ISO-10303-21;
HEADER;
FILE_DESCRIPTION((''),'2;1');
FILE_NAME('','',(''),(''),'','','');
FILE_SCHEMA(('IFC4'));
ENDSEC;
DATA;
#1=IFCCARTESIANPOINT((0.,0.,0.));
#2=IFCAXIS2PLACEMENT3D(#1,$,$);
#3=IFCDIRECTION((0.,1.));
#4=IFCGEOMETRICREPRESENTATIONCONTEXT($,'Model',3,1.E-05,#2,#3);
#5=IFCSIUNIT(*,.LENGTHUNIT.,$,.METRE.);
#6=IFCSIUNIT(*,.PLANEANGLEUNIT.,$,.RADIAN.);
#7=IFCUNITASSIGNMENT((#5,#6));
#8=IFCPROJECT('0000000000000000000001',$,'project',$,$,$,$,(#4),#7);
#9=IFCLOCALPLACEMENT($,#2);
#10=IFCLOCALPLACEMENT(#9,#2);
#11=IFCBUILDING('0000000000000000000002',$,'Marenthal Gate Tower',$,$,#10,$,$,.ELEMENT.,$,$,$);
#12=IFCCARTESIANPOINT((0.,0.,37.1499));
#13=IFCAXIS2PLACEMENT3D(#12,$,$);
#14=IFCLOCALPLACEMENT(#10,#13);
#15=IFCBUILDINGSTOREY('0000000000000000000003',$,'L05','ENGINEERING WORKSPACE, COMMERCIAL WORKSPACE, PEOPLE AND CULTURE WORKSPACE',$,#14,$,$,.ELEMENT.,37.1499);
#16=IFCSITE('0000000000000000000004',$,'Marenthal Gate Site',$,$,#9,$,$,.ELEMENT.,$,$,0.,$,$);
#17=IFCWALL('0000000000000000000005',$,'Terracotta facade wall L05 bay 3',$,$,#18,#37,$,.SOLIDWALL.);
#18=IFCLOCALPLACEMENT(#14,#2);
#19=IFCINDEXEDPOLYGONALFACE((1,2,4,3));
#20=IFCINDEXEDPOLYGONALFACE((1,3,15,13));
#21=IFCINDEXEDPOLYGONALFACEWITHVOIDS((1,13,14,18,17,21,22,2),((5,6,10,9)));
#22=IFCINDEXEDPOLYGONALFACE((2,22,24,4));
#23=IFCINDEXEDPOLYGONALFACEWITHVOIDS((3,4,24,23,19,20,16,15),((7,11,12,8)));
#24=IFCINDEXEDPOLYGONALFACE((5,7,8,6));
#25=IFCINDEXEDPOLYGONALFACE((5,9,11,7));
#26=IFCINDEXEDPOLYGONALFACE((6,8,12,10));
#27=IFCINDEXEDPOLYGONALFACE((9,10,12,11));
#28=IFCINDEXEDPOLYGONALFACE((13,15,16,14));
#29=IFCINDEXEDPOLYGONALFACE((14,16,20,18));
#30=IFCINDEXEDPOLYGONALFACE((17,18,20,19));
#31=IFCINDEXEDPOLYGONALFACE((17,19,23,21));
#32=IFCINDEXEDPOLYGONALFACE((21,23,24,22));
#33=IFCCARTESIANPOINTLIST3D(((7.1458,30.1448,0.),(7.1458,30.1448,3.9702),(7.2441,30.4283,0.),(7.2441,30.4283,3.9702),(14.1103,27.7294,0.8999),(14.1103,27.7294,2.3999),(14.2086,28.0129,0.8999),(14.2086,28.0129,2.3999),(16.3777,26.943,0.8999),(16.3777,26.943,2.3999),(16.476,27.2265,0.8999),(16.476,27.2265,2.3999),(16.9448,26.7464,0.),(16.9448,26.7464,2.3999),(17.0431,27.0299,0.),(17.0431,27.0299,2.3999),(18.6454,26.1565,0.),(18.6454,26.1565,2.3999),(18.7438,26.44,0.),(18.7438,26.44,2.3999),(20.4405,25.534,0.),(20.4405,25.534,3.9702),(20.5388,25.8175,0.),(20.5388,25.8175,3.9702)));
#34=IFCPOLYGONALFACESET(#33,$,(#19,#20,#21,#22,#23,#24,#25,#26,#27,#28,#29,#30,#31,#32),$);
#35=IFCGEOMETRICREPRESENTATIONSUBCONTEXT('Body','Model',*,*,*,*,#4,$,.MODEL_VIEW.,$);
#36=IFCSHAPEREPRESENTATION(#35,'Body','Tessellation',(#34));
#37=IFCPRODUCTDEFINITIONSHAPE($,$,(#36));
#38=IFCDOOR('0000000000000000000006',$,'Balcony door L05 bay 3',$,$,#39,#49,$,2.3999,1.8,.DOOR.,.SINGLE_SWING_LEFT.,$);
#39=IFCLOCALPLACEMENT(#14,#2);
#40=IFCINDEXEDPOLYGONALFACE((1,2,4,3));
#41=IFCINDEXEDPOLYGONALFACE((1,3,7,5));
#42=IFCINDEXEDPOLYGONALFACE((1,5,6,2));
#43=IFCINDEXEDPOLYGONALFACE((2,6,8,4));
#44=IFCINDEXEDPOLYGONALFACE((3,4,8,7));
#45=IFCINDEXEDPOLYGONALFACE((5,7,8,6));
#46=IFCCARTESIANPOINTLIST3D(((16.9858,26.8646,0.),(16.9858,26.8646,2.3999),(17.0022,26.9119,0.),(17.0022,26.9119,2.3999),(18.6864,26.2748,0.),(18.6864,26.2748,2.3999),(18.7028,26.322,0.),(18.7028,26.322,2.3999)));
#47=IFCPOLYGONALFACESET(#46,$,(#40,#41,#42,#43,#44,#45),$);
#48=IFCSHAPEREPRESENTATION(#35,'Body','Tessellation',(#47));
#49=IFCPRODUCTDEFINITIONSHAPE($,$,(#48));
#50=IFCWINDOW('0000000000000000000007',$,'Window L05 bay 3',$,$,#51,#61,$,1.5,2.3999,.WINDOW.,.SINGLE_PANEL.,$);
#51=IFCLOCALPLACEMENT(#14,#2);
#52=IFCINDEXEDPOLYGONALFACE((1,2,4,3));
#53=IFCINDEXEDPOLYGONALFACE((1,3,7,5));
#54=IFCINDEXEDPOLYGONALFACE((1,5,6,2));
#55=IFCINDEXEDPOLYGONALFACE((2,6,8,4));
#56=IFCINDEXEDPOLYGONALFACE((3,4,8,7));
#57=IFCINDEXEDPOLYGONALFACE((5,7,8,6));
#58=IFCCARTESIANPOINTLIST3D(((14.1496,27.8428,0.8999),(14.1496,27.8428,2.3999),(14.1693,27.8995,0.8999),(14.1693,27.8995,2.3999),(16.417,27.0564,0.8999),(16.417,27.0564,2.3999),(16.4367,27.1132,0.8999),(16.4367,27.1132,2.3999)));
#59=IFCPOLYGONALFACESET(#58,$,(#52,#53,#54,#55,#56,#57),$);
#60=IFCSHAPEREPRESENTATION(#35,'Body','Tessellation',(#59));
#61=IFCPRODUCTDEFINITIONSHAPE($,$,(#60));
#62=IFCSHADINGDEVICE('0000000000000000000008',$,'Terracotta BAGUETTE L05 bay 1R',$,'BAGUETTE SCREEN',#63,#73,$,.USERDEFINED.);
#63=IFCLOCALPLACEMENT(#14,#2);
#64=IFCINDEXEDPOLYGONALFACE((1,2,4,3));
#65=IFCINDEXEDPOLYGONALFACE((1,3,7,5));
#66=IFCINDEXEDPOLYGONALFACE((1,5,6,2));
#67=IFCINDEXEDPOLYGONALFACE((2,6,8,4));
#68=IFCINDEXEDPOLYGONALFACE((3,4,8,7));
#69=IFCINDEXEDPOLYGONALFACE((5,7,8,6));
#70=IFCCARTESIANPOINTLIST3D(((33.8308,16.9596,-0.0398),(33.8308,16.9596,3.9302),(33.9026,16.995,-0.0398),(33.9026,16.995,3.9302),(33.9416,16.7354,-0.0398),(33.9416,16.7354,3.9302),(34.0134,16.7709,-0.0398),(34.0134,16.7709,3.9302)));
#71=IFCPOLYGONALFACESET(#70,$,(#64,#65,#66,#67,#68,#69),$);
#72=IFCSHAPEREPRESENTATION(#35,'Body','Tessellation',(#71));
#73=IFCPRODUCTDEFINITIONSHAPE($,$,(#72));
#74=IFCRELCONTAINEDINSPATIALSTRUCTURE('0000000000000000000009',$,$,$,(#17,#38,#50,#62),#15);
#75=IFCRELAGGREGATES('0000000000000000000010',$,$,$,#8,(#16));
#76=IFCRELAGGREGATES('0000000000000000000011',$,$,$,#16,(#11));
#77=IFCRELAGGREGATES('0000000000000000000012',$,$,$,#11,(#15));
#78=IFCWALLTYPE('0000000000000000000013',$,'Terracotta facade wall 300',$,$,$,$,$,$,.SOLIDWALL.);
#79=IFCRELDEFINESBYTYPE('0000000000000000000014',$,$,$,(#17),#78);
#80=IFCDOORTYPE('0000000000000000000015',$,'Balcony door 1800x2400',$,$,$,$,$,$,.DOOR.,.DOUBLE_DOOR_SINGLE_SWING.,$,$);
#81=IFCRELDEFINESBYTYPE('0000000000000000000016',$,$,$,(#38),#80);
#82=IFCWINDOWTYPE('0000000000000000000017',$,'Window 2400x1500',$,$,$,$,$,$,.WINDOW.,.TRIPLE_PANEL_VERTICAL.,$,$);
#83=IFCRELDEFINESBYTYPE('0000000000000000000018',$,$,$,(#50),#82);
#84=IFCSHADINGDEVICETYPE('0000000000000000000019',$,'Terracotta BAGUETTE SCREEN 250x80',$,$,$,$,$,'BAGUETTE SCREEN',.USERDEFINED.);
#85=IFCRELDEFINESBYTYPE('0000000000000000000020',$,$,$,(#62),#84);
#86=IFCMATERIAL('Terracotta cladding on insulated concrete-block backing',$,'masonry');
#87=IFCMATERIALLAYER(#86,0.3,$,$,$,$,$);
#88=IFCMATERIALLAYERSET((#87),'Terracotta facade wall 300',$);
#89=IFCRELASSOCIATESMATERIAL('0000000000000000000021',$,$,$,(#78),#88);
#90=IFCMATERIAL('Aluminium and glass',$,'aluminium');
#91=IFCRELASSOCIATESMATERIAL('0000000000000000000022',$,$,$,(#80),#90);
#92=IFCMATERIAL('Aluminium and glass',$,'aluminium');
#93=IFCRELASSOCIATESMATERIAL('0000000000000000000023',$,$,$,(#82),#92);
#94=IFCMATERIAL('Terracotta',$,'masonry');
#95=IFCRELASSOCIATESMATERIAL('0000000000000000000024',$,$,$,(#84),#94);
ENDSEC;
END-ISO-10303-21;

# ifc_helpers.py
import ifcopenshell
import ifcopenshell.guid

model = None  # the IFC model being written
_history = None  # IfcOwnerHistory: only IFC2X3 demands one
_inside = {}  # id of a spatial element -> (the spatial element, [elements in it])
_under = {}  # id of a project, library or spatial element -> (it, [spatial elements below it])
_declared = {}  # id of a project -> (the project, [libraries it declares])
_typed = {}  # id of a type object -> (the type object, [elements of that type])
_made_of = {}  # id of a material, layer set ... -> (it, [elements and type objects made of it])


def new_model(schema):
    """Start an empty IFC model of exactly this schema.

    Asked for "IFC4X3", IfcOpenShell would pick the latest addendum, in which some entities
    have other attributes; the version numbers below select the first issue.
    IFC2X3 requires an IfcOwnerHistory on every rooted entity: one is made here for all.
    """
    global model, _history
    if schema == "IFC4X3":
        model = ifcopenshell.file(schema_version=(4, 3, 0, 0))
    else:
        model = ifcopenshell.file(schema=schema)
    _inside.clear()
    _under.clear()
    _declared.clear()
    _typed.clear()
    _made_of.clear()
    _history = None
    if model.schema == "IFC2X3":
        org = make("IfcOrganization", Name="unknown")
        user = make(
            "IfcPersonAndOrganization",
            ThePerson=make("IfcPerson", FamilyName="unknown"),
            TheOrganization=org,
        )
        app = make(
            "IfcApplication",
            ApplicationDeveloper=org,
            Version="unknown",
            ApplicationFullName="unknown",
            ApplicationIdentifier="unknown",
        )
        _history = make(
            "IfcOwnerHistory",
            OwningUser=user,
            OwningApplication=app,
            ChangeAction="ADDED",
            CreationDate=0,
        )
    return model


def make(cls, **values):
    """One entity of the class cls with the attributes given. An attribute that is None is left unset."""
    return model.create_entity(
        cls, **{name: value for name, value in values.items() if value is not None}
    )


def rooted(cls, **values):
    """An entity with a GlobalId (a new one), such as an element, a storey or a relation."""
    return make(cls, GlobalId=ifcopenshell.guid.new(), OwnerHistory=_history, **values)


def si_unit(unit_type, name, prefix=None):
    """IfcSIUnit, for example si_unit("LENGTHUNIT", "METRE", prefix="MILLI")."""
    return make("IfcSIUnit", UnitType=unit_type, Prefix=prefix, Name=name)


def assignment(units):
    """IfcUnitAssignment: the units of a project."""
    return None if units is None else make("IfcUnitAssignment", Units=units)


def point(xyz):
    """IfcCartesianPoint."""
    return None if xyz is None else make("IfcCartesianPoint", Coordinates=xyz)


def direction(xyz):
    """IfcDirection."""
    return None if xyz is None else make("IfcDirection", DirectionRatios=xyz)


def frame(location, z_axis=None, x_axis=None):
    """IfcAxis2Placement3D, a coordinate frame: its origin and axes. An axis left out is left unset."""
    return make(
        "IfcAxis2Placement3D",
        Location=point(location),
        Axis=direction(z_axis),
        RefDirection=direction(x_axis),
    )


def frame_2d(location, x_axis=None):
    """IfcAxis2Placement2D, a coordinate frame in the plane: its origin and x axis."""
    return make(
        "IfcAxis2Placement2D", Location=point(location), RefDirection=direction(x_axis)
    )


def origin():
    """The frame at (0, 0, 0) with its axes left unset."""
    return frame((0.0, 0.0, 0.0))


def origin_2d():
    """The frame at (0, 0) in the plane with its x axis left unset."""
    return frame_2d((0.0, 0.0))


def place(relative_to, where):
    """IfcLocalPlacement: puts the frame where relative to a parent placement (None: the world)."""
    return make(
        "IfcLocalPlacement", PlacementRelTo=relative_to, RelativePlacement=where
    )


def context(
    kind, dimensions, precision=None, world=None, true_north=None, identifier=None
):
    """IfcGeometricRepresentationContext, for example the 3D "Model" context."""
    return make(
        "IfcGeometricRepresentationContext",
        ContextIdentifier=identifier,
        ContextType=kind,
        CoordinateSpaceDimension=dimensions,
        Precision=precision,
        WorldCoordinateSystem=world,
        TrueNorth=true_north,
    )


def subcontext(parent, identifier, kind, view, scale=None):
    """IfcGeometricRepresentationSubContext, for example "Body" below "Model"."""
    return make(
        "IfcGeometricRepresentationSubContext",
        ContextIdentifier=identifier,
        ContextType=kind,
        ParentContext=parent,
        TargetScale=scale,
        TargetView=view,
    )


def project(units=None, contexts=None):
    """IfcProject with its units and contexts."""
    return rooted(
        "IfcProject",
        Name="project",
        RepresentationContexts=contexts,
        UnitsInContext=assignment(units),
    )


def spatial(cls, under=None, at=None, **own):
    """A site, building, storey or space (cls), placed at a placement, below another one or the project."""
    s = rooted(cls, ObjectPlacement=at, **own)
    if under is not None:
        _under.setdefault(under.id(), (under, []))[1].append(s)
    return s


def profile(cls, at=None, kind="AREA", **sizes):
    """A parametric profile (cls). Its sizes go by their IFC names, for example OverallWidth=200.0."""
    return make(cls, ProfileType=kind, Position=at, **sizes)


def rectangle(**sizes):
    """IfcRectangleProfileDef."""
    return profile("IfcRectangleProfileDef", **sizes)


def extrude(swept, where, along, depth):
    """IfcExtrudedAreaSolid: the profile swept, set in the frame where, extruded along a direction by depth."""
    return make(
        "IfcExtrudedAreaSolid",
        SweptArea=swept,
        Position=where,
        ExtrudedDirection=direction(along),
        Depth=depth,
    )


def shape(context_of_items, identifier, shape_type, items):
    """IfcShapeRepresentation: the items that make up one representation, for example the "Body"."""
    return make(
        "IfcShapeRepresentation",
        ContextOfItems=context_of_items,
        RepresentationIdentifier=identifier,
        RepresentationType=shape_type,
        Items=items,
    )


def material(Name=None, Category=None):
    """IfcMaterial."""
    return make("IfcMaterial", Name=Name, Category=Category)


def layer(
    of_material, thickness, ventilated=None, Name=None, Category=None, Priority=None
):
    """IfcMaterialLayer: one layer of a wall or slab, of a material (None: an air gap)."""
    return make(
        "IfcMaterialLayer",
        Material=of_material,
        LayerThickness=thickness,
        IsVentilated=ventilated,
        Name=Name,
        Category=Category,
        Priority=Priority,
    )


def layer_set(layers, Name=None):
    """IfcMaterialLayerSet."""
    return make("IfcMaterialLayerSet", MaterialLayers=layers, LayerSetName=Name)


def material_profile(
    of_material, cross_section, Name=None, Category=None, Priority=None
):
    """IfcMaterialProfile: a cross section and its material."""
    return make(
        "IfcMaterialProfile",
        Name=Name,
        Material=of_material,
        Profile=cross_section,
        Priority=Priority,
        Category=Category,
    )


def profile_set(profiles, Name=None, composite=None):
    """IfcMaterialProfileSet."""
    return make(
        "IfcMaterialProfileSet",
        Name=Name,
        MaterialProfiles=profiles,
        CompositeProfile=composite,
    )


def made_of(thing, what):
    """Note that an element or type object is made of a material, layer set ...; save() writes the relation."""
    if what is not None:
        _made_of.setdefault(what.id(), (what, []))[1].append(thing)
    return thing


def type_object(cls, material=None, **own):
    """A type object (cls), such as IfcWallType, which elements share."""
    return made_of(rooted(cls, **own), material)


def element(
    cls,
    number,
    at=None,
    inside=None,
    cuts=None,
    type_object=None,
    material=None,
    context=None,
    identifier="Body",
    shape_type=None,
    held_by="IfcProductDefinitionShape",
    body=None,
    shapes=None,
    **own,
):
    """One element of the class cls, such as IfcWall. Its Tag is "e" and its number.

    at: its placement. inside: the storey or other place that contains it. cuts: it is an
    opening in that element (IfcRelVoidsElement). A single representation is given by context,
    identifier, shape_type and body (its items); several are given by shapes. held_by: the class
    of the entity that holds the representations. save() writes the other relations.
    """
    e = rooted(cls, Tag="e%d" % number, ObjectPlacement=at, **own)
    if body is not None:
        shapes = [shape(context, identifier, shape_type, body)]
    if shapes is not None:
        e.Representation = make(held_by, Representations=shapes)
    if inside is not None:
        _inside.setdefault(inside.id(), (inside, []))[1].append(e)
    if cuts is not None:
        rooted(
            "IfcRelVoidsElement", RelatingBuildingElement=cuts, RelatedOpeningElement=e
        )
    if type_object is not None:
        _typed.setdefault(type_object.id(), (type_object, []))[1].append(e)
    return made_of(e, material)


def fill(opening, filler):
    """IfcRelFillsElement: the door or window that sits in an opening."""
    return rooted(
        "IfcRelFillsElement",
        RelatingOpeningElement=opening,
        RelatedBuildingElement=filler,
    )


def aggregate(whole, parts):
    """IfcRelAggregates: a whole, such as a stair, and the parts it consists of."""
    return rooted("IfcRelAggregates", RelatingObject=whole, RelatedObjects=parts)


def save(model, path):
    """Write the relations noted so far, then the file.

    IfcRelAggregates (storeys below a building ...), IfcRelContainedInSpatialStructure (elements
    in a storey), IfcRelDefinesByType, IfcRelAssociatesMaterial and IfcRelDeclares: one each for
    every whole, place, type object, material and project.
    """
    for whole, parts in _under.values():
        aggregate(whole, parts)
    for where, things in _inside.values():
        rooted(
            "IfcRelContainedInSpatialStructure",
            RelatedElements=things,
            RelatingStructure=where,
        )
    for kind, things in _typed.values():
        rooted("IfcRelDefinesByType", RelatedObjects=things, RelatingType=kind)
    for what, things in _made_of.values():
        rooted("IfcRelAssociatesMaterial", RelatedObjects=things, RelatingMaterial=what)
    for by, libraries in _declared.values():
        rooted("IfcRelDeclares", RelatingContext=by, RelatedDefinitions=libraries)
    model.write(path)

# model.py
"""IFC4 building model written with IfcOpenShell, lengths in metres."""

from ifc_helpers import new_model, si_unit, direction, frame, frame_2d, origin, origin_2d, place, context, subcontext, project, spatial, rectangle, extrude, material, layer, layer_set, material_profile, profile_set, type_object, element, fill, save


model = new_model("IFC4")

# Units and contexts
model_context = context("Model", 3, precision=1e-05, world=origin(), true_north=direction((0.0, 1.0)))
body_context = subcontext(model_context, "Body", "Model", "MODEL_VIEW")
ifc_project = project(units=[si_unit("LENGTHUNIT", "METRE"), si_unit("PLANEANGLEUNIT", "RADIAN")], contexts=[model_context])

# Site, building, storey
site_placement = place(None, origin())
site = spatial("IfcSite", under=ifc_project, at=site_placement, Name="Marenthal Gate Site", CompositionType="ELEMENT", RefElevation=0.0)
building_placement = place(site_placement, origin())
building = spatial("IfcBuilding", under=site, at=building_placement, Name="Marenthal Gate Tower", CompositionType="ELEMENT")
storey_placement = place(building_placement, frame((0.0, 0.0, 37.1499)))
storey = spatial("IfcBuildingStorey", under=building, at=storey_placement, Name="L05", Description="ENGINEERING WORKSPACE, COMMERCIAL WORKSPACE, PEOPLE AND CULTURE WORKSPACE", CompositionType="ELEMENT", Elevation=37.1499)

# Wall, openings, door, window
ifc_material_1 = material(Name="Terracotta cladding on insulated concrete-block backing", Category="masonry")
ifc_layer_1 = layer(ifc_material_1, 0.3)
ifc_layer_set_1 = layer_set([ifc_layer_1], Name="Terracotta facade wall 300")
wall_type_1 = type_object("IfcWallType", Name="Terracotta facade wall 300", PredefinedType="SOLIDWALL", material=ifc_layer_set_1)
wall_1_placement = place(storey_placement, frame((20.4895, 25.6758, 0.0), z_axis=(0.0, 0.0, 1.0), x_axis=(-0.944792, 0.327671, 0.0)))
wall_1 = element("IfcWall", 1, at=wall_1_placement, inside=storey, type_object=wall_type_1, Name="Terracotta facade wall L05 bay 3", PredefinedType="SOLIDWALL", context=body_context, shape_type="SweptSolid", body=[
    extrude(rectangle(XDim=14.0715, YDim=0.3, at=frame_2d((7.0356, 0.0))), origin(), (0.0, 0.0, 1.0), 3.9702),
])
opening_1_placement = place(wall_1_placement, frame((1.8999, 0.0, 0.0)))
opening_1 = element("IfcOpeningElement", 2, at=opening_1_placement, cuts=wall_1, PredefinedType="OPENING", context=body_context, shape_type="SweptSolid", body=[
    extrude(rectangle(XDim=1.8, YDim=2.3999, at=frame_2d((0.8999, 1.2))), frame((0.0, 0.1602, 0.0), z_axis=(0.0, -1.0, 0.0), x_axis=(1.0, 0.0, 0.0)), (0.0, 0.0, 1.0), 0.3201),
])
opening_2_placement = place(wall_1_placement, frame((4.3, 0.0, 0.8999)))
opening_2 = element("IfcOpeningElement", 3, at=opening_2_placement, cuts=wall_1, PredefinedType="OPENING", context=body_context, shape_type="SweptSolid", body=[
    extrude(rectangle(XDim=2.3999, YDim=1.5, at=frame_2d((1.2, 0.75))), frame((0.0, 0.1602, 0.0), z_axis=(0.0, -1.0, 0.0), x_axis=(1.0, 0.0, 0.0)), (0.0, 0.0, 1.0), 0.3201),
])
ifc_material_2 = material(Name="Aluminium and glass", Category="aluminium")
door_type_1 = type_object("IfcDoorType", Name="Balcony door 1800x2400", OperationType="DOUBLE_DOOR_SINGLE_SWING", PredefinedType="DOOR", material=ifc_material_2)
door_1_placement = place(opening_1_placement, origin())
door_1 = element("IfcDoor", 4, at=door_1_placement, inside=storey, type_object=door_type_1, Name="Balcony door L05 bay 3", OperationType="SINGLE_SWING_LEFT", OverallHeight=2.3999, OverallWidth=1.8, PredefinedType="DOOR", context=body_context, shape_type="SweptSolid", body=[
    extrude(rectangle(XDim=1.8, YDim=2.3999, at=frame_2d((0.8999, 1.2))), frame((0.0, 0.0249, 0.0), z_axis=(0.0, -1.0, 0.0), x_axis=(1.0, 0.0, 0.0)), (0.0, 0.0, 1.0), 0.05),
])
fill(opening_1, door_1)
ifc_material_3 = material(Name="Aluminium and glass", Category="aluminium")
window_type = type_object("IfcWindowType", Name="Window 2400x1500", PartitioningType="TRIPLE_PANEL_VERTICAL", PredefinedType="WINDOW", material=ifc_material_3)
window_placement = place(opening_2_placement, origin())
window = element("IfcWindow", 5, at=window_placement, inside=storey, type_object=window_type, Name="Window L05 bay 3", OverallHeight=1.5, OverallWidth=2.3999, PartitioningType="SINGLE_PANEL", PredefinedType="WINDOW", context=body_context, shape_type="SweptSolid", body=[
    extrude(rectangle(XDim=2.3999, YDim=1.5, at=frame_2d((1.2, 0.75))), frame((0.0, 0.03, 0.0), z_axis=(0.0, -1.0, 0.0), x_axis=(1.0, 0.0, 0.0)), (0.0, 0.0, 1.0), 0.0601),
])
fill(opening_2, window)

# Shading device
ifc_material_4 = material(Name="Terracotta", Category="masonry")
ifc_material_profile_1 = material_profile(ifc_material_4, rectangle(XDim=0.25, YDim=0.0801, at=origin_2d()), Name="Terracotta baguette 250x80")
ifc_profile_set_1 = profile_set([ifc_material_profile_1], Name="Terracotta")
shading_device_type = type_object("IfcShadingDeviceType", Name="Terracotta BAGUETTE SCREEN 250x80", ElementType="BAGUETTE SCREEN", PredefinedType="USERDEFINED", material=ifc_profile_set_1)
shading_device_placement = place(storey_placement, frame((33.9221, 16.8652, -0.0398), z_axis=(0.0, 0.0, 1.0), x_axis=(-0.44312, 0.896462, 0.0)))
element("IfcShadingDevice", 6, at=shading_device_placement, inside=storey, type_object=shading_device_type, Name="Terracotta BAGUETTE L05 bay 1R", ObjectType="BAGUETTE SCREEN", PredefinedType="USERDEFINED", context=body_context, shape_type="SweptSolid", body=[
    extrude(rectangle(XDim=0.25, YDim=0.0801, at=origin_2d()), origin(), (0.0, 0.0, 1.0), 3.97),
])

save(model, "model.ifc")
